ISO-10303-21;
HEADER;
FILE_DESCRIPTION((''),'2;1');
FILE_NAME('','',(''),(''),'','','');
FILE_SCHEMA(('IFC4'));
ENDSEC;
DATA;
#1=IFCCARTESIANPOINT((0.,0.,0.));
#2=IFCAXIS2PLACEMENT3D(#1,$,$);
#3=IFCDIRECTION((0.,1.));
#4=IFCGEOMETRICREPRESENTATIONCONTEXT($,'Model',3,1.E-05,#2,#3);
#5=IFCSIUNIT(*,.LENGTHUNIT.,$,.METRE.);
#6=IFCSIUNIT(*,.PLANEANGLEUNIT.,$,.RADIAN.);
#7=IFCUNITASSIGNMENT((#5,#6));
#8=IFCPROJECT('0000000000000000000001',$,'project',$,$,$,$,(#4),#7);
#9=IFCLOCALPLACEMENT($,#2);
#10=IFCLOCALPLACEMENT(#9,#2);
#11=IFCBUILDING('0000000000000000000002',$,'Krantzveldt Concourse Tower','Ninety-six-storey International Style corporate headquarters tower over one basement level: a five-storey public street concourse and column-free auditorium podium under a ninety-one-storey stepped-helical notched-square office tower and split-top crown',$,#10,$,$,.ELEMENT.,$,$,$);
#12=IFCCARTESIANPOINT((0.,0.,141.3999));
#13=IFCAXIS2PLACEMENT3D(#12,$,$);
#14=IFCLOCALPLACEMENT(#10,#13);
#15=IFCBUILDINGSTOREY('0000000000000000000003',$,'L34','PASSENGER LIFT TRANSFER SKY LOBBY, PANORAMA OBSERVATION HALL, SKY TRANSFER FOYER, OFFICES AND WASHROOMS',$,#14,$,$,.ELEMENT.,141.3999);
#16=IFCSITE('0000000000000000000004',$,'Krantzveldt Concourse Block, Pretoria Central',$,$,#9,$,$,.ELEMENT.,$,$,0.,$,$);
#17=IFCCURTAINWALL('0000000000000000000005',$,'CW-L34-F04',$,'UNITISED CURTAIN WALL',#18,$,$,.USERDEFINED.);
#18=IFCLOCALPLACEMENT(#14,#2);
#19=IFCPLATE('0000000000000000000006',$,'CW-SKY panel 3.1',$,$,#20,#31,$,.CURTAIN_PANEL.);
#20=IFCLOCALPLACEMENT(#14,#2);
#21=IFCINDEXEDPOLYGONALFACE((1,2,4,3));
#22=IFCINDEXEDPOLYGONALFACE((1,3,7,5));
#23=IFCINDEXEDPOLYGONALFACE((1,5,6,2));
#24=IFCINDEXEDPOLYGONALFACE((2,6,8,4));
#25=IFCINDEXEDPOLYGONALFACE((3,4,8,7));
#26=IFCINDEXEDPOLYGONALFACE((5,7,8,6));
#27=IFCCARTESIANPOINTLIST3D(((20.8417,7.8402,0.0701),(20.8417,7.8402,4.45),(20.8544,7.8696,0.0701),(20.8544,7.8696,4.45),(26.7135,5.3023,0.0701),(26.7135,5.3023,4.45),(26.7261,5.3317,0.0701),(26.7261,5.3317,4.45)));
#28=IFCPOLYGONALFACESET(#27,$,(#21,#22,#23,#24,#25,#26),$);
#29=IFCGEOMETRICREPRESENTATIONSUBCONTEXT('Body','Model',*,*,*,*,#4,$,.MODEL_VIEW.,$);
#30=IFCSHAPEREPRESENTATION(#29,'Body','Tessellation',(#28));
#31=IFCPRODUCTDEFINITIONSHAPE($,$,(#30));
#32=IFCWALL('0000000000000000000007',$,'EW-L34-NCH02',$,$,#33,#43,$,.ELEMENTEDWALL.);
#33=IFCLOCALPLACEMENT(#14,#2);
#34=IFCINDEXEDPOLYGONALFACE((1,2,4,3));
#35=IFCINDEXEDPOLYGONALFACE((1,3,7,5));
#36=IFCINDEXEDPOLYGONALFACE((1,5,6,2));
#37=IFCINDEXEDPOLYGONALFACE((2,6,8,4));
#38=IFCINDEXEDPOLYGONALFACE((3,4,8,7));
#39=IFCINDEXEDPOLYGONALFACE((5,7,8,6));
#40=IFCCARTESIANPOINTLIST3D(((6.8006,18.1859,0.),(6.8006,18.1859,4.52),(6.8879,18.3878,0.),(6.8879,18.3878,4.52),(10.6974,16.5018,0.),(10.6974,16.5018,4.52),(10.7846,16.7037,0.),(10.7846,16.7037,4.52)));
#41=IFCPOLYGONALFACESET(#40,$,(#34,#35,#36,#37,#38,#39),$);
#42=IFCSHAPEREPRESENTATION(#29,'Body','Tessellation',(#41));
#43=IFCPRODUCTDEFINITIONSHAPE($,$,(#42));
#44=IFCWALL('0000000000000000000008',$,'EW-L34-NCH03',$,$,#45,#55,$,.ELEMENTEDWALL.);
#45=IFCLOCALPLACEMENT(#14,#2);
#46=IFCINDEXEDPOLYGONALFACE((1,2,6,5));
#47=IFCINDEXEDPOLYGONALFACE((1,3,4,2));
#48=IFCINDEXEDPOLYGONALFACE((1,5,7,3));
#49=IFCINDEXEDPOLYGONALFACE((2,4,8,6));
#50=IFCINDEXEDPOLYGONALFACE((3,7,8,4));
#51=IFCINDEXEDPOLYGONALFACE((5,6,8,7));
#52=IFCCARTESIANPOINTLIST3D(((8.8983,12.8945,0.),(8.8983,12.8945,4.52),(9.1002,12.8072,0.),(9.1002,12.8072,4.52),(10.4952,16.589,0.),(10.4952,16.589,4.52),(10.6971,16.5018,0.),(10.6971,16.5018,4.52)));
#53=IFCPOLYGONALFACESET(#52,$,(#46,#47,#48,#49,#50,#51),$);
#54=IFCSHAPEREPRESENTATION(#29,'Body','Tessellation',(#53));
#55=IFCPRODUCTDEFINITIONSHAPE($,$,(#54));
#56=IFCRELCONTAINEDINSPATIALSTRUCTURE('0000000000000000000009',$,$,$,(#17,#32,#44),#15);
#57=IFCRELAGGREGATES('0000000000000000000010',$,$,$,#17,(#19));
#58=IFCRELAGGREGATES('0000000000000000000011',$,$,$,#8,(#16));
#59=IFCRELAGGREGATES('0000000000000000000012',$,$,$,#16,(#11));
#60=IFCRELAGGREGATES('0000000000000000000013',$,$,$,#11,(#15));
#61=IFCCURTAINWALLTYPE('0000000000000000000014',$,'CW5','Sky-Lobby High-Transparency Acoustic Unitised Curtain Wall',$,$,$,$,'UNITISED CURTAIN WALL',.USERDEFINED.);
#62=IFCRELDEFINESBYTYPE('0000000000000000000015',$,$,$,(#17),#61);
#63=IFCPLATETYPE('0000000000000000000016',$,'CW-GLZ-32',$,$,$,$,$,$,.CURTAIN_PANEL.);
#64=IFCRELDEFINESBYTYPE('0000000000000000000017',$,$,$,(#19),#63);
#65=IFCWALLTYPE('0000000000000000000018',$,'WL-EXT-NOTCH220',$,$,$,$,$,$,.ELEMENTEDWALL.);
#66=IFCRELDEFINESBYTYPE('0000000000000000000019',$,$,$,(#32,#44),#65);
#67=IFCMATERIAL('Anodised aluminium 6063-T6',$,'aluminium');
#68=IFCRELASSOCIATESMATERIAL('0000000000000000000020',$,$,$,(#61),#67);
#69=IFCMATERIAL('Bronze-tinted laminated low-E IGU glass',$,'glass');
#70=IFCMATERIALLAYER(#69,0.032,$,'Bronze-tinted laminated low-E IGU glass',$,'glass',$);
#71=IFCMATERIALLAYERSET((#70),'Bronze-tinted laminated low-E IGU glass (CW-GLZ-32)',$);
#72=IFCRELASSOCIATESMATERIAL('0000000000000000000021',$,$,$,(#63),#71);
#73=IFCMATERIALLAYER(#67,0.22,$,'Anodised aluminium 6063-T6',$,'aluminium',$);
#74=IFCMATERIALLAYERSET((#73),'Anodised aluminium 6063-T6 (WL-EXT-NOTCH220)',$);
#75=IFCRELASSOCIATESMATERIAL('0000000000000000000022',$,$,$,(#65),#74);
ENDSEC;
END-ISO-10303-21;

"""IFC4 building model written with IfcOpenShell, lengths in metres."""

from ifc_helpers import new_model, si_unit, direction, frame, frame_2d, origin, origin_2d, place, context, subcontext, project, spatial, rectangle, extrude, source, transform, mapped, material, layer, layer_set, type_object, element, aggregate, save


model = new_model("IFC4")

# Units and contexts
model_context = context("Model", 3, precision=1e-05, world=origin(), true_north=direction((0.0, 1.0)))
body_context = subcontext(model_context, "Body", "Model", "MODEL_VIEW")
ifc_project = project(units=[si_unit("LENGTHUNIT", "METRE"), si_unit("PLANEANGLEUNIT", "RADIAN")], contexts=[model_context])

# Site, building, storey
site_placement = place(None, origin())
site = spatial("IfcSite", under=ifc_project, at=site_placement, Name="Krantzveldt Concourse Block, Pretoria Central", CompositionType="ELEMENT", RefElevation=0.0)
building_placement = place(site_placement, origin())
building = spatial("IfcBuilding", under=site, at=building_placement, Name="Krantzveldt Concourse Tower", Description="Ninety-six-storey International Style corporate headquarters tower over one basement level: a five-storey public street concourse and column-free auditorium podium under a ninety-one-storey stepped-helical notched-square office tower and split-top crown", CompositionType="ELEMENT")
storey_placement = place(building_placement, frame((0.0, 0.0, 141.3999)))
storey = spatial("IfcBuildingStorey", under=building, at=storey_placement, Name="L34", Description="PASSENGER LIFT TRANSFER SKY LOBBY, PANORAMA OBSERVATION HALL, SKY TRANSFER FOYER, OFFICES AND WASHROOMS", CompositionType="ELEMENT", Elevation=141.3999)

# Shared definitions
ifc_material_1 = material(Name="Anodised aluminium 6063-T6", Category="aluminium")
curtain_wall_type = type_object("IfcCurtainWallType", Name="CW5", Description="Sky-Lobby High-Transparency Acoustic Unitised Curtain Wall", ElementType="UNITISED CURTAIN WALL", PredefinedType="USERDEFINED", material=ifc_material_1)

# Curtain wall
curtain_wall_1_placement = place(storey_placement, origin())
curtain_wall_1 = element("IfcCurtainWall", 1, at=curtain_wall_1_placement, inside=storey, type_object=curtain_wall_type, Name="CW-L34-F04", ObjectType="UNITISED CURTAIN WALL", PredefinedType="USERDEFINED")

# Plate
ifc_material_2 = material(Name="Bronze-tinted laminated low-E IGU glass", Category="glass")
ifc_layer_1 = layer(ifc_material_2, 0.032, Name="Bronze-tinted laminated low-E IGU glass", Category="glass")
ifc_layer_set_1 = layer_set([ifc_layer_1], Name="Bronze-tinted laminated low-E IGU glass (CW-GLZ-32)")
plate_type = type_object("IfcPlateType", Name="CW-GLZ-32", PredefinedType="CURTAIN_PANEL", material=ifc_layer_set_1)
shared_shape_1 = source(origin(), body_context, "Body", "SweptSolid", [
    extrude(rectangle(XDim=6.3967, YDim=0.032, at=origin_2d()), origin(), (0.0, 0.0, 1.0), 4.3799),
])
plate_1_placement = place(storey_placement, frame((23.7839, 6.5859, 0.0701), z_axis=(0.0, 0.0, 1.0), x_axis=(0.917928, -0.396747, 0.0)))
plate_1 = element("IfcPlate", 2, at=plate_1_placement, type_object=plate_type, Name="CW-SKY panel 3.1", PredefinedType="CURTAIN_PANEL", context=body_context, shape_type="MappedRepresentation", body=[
    mapped(shared_shape_1, transform((0.0, 0.0, 0.0), x_axis=(1.0, 0.0, 0.0), y_axis=(0.0, 1.0, 0.0), z_axis=(0.0, 0.0, 1.0), scale=1.0)),
])
aggregate(curtain_wall_1, [plate_1])

# Walls
ifc_layer_2 = layer(ifc_material_1, 0.22, Name="Anodised aluminium 6063-T6", Category="aluminium")
ifc_layer_set_2 = layer_set([ifc_layer_2], Name="Anodised aluminium 6063-T6 (WL-EXT-NOTCH220)")
wall_type = type_object("IfcWallType", Name="WL-EXT-NOTCH220", PredefinedType="ELEMENTEDWALL", material=ifc_layer_set_2)
wall_1_placement = place(storey_placement, frame((6.8442, 18.2869, 0.0), z_axis=(0.0, 0.0, 1.0), x_axis=(0.917942, -0.396715, 0.0)))
element("IfcWall", 3, at=wall_1_placement, inside=storey, type_object=wall_type, Name="EW-L34-NCH02", PredefinedType="ELEMENTEDWALL", context=body_context, shape_type="SweptSolid", body=[
    extrude(rectangle(XDim=4.2451, YDim=0.22, at=frame_2d((2.1226, 0.0))), origin(), (0.0, 0.0, 1.0), 4.52),
])
wall_2_placement = place(storey_placement, frame((10.5962, 16.5454, 0.0), z_axis=(0.0, 0.0, 1.0), x_axis=(-0.396758, -0.917923, 0.0)))
element("IfcWall", 4, at=wall_2_placement, inside=storey, type_object=wall_type, Name="EW-L34-NCH03", PredefinedType="ELEMENTEDWALL", context=body_context, shape_type="SweptSolid", body=[
    extrude(rectangle(XDim=4.0249, YDim=0.22, at=frame_2d((2.0125, 0.0))), origin(), (0.0, 0.0, 1.0), 4.52),
])

save(model, "model.ifc")
